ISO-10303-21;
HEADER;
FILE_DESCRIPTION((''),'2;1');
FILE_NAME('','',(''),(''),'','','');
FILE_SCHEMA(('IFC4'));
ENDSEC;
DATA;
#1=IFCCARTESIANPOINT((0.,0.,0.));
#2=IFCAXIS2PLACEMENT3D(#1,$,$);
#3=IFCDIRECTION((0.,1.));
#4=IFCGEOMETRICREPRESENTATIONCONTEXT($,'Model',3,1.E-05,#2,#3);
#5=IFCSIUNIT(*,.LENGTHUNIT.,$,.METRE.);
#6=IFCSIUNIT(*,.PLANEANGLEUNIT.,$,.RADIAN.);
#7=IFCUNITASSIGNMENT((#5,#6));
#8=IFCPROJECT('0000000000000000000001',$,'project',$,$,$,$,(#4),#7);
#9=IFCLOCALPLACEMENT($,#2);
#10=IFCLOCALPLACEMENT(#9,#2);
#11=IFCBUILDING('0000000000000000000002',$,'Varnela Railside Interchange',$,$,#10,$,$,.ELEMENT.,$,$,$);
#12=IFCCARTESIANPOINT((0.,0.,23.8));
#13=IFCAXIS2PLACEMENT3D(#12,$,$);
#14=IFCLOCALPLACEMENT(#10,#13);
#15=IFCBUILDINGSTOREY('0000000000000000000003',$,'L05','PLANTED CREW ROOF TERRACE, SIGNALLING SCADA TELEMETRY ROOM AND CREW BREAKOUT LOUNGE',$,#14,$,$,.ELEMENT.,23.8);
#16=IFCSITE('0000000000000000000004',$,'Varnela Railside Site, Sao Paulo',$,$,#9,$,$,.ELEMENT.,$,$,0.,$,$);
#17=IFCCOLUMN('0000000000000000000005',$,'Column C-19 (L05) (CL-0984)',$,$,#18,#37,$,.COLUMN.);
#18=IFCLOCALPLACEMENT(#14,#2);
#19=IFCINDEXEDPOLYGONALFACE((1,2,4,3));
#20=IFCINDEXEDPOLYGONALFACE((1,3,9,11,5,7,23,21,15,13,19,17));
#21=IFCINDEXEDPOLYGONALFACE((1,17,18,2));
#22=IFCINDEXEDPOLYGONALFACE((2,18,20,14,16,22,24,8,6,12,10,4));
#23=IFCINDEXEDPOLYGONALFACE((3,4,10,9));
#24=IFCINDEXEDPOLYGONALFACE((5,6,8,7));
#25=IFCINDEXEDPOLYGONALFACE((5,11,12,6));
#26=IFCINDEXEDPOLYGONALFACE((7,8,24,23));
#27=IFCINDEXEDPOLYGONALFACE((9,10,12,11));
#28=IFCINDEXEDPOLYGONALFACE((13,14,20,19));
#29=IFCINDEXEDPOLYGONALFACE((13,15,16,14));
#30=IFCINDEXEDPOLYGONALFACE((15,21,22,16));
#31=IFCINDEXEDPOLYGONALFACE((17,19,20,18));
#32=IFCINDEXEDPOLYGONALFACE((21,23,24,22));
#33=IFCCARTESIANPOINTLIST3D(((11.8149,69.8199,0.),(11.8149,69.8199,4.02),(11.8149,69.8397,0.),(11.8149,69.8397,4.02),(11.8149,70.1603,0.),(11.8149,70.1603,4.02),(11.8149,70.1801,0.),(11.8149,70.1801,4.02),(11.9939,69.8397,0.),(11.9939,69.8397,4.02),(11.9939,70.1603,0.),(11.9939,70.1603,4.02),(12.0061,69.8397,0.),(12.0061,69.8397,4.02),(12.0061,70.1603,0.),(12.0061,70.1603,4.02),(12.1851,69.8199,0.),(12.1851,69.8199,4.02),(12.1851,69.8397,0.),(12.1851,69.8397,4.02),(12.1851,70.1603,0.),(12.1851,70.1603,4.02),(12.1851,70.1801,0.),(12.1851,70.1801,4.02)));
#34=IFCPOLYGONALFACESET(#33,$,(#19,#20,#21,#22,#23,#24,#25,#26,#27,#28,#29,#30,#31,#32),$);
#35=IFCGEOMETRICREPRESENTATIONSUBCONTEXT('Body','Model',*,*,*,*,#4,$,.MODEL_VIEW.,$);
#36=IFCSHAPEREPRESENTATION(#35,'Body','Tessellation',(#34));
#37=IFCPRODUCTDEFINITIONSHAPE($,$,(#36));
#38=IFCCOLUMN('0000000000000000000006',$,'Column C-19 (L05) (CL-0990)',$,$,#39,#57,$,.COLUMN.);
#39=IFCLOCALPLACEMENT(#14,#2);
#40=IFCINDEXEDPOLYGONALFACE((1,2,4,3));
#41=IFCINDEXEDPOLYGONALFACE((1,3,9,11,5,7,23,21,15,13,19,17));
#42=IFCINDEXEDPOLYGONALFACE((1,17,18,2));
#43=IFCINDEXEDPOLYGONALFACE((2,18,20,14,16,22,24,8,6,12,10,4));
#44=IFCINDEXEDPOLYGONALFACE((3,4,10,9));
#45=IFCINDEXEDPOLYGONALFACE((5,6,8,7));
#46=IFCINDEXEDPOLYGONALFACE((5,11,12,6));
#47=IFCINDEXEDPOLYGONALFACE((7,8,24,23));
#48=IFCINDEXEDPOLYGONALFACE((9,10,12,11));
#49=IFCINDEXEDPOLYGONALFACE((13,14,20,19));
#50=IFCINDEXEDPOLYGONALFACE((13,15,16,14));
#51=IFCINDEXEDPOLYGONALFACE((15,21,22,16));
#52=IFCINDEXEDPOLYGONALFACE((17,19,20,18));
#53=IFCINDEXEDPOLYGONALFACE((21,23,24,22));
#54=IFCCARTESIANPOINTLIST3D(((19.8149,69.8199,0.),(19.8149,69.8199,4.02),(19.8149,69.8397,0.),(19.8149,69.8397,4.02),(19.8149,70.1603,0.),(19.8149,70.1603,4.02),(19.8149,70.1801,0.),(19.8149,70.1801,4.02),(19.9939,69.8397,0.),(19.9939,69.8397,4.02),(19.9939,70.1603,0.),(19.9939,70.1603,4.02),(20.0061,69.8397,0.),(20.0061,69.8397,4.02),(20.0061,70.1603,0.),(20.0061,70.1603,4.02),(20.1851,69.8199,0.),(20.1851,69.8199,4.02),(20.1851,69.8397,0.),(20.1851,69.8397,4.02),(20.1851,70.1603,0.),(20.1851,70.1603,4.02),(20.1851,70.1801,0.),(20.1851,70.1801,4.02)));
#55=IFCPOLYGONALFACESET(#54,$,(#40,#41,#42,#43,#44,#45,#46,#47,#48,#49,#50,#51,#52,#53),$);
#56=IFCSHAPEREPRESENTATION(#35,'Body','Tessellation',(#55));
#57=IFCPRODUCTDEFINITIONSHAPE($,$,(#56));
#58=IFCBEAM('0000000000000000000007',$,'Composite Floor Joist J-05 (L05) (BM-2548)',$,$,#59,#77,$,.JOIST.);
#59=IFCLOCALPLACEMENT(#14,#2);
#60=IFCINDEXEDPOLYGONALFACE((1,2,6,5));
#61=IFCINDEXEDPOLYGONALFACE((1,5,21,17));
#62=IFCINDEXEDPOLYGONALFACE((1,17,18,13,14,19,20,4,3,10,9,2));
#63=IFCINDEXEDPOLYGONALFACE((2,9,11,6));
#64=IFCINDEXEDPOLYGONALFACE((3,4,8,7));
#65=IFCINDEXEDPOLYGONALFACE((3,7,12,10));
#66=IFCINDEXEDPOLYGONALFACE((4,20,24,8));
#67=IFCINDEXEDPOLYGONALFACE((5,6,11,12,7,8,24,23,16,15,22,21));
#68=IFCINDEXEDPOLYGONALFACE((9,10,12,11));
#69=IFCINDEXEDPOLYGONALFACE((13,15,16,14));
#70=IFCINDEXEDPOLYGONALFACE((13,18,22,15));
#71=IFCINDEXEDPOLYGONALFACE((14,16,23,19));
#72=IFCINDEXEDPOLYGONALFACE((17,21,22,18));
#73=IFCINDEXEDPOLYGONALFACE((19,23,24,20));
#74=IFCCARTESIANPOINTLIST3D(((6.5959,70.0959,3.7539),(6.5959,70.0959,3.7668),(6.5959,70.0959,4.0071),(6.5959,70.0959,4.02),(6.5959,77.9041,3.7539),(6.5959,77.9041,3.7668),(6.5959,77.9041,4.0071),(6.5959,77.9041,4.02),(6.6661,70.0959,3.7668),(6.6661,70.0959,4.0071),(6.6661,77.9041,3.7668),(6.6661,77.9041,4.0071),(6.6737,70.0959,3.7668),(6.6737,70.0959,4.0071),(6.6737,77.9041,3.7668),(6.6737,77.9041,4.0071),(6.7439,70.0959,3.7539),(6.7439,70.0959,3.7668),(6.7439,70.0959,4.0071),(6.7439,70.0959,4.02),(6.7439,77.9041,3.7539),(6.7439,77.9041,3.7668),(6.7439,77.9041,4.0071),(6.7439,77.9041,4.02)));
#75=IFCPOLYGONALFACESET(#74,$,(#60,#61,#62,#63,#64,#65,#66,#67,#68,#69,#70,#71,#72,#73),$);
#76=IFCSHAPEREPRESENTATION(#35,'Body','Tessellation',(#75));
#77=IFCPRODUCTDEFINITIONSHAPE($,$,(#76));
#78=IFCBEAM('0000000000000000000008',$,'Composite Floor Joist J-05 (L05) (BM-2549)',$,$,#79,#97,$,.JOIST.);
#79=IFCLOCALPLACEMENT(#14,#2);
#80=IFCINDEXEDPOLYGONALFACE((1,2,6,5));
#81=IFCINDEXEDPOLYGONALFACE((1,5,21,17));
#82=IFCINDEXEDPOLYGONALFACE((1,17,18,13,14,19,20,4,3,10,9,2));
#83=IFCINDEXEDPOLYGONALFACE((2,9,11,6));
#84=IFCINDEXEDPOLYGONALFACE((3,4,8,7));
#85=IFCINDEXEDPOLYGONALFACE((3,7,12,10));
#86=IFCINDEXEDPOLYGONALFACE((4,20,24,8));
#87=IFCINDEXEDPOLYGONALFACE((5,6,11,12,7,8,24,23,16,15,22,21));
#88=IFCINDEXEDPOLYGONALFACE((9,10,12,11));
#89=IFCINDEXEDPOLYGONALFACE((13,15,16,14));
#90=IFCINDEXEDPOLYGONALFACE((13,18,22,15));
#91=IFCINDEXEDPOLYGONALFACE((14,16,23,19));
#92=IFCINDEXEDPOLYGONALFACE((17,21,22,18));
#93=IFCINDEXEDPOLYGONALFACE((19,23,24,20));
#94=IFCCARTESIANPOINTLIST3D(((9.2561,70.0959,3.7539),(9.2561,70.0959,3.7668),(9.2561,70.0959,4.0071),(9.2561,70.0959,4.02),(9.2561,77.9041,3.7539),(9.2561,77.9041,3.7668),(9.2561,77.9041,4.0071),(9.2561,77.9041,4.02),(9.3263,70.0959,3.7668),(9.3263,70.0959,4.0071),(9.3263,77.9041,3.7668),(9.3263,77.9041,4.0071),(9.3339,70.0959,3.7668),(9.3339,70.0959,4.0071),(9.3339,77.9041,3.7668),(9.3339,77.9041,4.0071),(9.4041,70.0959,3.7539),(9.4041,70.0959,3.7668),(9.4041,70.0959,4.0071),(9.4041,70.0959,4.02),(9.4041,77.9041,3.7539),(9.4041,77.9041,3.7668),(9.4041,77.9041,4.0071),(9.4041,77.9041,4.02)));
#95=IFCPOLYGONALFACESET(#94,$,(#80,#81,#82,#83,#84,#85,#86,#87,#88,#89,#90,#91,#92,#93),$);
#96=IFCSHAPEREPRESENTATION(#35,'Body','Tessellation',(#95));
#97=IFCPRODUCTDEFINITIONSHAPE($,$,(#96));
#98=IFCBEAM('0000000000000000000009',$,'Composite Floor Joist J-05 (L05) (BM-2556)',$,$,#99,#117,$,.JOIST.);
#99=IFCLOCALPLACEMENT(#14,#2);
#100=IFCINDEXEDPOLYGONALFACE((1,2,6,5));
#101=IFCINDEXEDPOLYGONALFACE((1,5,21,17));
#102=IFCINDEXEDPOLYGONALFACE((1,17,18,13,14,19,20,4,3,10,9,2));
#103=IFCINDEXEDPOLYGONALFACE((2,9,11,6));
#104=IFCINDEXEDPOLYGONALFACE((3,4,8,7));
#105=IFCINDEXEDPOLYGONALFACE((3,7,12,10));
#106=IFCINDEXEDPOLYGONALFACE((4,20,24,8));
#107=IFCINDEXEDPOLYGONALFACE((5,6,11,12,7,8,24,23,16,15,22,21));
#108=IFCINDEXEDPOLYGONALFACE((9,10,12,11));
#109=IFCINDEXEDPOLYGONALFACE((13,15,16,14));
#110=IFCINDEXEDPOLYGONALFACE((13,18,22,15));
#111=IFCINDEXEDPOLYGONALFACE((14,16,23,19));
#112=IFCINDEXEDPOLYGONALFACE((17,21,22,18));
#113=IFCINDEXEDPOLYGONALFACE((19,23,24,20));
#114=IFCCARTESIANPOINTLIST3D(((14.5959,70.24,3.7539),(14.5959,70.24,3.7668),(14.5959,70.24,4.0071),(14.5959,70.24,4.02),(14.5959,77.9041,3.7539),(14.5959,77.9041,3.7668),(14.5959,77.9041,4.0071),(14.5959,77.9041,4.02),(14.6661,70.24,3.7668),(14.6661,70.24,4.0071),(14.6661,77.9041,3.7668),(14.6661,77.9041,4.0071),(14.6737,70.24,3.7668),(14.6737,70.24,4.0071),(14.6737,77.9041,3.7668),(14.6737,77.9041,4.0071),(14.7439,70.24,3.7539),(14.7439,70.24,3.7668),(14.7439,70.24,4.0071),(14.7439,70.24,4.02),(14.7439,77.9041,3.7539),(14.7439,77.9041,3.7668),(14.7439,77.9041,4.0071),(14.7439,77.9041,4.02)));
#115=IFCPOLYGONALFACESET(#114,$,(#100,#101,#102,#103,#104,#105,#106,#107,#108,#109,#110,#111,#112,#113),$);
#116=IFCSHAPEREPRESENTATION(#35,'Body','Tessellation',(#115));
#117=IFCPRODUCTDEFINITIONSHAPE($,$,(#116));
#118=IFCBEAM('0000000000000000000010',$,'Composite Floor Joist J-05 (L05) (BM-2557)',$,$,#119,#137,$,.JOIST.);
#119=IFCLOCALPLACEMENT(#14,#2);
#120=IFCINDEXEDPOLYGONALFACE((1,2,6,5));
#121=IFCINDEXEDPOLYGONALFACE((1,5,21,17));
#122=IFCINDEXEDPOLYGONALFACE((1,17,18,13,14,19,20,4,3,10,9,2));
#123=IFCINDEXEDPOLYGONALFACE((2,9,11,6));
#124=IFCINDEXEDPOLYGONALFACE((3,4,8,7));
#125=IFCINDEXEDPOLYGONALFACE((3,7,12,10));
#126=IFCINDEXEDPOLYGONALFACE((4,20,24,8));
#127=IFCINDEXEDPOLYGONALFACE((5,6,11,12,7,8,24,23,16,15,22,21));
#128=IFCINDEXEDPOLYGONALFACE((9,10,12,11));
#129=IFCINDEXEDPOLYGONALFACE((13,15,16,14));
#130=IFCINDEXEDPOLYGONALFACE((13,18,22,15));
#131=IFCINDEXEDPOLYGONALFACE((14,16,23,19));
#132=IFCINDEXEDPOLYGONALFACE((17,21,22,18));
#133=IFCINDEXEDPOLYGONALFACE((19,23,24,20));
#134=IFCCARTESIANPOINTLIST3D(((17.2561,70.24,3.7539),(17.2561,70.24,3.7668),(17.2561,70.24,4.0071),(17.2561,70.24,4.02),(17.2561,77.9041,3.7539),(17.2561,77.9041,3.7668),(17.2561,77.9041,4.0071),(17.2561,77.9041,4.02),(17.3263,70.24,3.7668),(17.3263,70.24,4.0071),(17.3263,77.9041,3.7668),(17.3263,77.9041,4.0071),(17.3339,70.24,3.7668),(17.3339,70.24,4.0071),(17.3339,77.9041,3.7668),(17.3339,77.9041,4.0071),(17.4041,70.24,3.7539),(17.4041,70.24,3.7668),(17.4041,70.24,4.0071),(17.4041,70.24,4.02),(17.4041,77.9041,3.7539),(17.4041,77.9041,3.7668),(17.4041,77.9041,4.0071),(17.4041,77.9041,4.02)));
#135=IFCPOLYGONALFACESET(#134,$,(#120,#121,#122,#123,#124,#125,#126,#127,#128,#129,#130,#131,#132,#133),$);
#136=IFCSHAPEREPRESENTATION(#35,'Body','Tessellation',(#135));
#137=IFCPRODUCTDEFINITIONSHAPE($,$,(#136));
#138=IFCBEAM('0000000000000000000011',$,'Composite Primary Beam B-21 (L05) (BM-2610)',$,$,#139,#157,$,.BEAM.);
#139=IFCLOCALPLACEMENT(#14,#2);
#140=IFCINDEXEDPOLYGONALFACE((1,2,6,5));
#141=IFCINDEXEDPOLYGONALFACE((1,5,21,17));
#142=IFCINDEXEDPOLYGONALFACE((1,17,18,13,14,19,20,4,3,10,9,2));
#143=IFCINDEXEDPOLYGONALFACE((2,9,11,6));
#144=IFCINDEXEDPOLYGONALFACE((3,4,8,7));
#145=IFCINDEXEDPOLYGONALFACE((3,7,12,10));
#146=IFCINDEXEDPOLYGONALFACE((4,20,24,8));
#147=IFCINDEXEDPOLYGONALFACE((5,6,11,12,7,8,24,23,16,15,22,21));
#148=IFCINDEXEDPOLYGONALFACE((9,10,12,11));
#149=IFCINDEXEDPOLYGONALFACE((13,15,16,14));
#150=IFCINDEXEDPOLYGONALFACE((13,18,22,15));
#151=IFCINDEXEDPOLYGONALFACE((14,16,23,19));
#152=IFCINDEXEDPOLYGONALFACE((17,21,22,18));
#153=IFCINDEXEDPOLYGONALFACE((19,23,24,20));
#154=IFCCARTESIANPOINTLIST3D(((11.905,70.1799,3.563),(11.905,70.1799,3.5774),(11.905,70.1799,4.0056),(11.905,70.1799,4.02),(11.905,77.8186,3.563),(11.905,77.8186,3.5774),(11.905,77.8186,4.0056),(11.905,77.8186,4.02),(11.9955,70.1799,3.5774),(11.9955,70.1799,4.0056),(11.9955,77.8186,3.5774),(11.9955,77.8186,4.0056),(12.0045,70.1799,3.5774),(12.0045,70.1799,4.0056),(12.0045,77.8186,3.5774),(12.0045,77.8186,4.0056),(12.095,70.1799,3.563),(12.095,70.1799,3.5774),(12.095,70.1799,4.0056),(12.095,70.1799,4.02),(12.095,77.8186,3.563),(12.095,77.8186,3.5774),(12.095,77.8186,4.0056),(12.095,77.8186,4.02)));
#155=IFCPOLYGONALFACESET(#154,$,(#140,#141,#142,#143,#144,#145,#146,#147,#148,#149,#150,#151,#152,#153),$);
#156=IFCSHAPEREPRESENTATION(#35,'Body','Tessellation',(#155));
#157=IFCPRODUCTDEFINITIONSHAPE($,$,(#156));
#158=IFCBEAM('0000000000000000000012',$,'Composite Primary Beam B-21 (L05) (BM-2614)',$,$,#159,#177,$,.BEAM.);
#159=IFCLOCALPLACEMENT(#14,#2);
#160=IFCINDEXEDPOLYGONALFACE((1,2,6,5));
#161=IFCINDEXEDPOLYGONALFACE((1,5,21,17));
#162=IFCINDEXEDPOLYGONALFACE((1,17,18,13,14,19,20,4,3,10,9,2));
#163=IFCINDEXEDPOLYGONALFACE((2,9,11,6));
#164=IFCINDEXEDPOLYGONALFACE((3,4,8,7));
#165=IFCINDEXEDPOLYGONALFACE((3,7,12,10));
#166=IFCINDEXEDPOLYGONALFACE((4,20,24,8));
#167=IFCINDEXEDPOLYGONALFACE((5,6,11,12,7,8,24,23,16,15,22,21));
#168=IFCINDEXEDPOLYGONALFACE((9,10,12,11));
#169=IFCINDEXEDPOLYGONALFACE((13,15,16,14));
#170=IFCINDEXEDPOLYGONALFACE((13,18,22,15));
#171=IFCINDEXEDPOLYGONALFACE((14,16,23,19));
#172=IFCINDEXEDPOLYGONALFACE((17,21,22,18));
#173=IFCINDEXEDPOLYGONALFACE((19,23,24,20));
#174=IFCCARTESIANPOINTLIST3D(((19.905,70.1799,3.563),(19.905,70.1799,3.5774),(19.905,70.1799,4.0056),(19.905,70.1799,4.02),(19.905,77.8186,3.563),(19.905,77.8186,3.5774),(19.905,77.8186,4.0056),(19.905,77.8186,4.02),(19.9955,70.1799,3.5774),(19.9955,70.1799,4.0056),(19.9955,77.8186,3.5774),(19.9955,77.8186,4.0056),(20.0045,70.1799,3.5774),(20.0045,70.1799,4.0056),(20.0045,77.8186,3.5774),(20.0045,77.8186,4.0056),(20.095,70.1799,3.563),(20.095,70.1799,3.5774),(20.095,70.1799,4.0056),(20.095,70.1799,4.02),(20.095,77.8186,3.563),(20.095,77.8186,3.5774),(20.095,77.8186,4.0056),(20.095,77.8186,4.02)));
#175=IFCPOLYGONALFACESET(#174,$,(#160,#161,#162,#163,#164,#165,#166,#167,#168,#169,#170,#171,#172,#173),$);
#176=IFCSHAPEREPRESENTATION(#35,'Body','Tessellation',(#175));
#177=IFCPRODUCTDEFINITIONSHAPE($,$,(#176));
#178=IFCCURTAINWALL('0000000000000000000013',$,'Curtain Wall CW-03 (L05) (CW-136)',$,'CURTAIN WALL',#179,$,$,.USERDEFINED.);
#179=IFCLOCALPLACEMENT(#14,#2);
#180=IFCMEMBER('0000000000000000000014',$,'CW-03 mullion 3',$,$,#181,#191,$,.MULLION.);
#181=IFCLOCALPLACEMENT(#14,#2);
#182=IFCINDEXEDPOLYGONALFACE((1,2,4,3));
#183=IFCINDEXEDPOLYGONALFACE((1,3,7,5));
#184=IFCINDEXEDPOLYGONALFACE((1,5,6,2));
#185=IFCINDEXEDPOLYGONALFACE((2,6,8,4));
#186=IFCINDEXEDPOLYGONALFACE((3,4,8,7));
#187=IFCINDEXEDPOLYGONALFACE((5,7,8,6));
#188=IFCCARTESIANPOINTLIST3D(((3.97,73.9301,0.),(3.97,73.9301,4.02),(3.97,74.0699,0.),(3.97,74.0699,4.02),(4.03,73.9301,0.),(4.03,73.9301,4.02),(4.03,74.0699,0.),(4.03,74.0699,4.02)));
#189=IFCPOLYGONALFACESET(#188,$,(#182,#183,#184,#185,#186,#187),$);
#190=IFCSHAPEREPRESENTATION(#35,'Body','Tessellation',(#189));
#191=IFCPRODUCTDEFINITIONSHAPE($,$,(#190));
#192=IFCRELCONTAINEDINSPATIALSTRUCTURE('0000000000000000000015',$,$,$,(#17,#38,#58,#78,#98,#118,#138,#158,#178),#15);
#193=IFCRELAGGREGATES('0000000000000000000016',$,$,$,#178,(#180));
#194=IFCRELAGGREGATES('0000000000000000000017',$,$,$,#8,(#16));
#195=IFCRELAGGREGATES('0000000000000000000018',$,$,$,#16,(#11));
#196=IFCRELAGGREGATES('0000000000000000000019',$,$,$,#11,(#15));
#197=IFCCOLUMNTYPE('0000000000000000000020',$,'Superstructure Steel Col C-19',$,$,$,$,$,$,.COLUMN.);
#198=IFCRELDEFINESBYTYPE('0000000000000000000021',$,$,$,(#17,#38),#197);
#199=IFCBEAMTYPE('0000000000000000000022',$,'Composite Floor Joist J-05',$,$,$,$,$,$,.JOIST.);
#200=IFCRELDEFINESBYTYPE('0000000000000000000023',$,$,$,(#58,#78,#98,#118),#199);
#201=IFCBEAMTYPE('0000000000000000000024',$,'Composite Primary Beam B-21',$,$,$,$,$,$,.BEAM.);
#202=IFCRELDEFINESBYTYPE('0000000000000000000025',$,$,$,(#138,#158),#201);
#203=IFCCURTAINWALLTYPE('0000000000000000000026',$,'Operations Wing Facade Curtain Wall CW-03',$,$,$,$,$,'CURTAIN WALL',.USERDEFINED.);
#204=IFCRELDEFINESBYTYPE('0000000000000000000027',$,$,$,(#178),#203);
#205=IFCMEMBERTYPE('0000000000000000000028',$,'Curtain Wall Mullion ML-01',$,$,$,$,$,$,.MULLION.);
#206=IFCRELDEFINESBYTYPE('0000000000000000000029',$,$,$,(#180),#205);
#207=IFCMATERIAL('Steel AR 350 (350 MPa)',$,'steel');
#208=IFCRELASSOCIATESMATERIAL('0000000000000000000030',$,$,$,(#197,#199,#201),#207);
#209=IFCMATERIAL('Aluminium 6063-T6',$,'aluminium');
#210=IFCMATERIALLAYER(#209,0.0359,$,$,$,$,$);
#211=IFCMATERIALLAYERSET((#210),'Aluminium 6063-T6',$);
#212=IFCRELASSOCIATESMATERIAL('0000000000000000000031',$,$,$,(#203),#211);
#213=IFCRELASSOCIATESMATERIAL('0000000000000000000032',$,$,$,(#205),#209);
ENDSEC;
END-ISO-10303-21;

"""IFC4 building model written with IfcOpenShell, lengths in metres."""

from ifc_helpers import new_model, si_unit, direction, frame, origin, origin_2d, place, context, subcontext, project, spatial, rectangle, i_section, extrude, material, layer, layer_set, material_profile, profile_set, type_object, element, aggregate, save


model = new_model("IFC4")

# Units and contexts
model_context = context("Model", 3, precision=1e-05, world=origin(), true_north=direction((0.0, 1.0)))
body_context = subcontext(model_context, "Body", "Model", "MODEL_VIEW")
ifc_project = project(units=[si_unit("LENGTHUNIT", "METRE"), si_unit("PLANEANGLEUNIT", "RADIAN")], contexts=[model_context])

# Site, building, storey
site_placement = place(None, origin())
site = spatial("IfcSite", under=ifc_project, at=site_placement, Name="Varnela Railside Site, Sao Paulo", CompositionType="ELEMENT", RefElevation=0.0)
building_placement = place(site_placement, origin())
building = spatial("IfcBuilding", under=site, at=building_placement, Name="Varnela Railside Interchange", CompositionType="ELEMENT")
storey_placement = place(building_placement, frame((0.0, 0.0, 23.8)))
storey = spatial("IfcBuildingStorey", under=building, at=storey_placement, Name="L05", Description="PLANTED CREW ROOF TERRACE, SIGNALLING SCADA TELEMETRY ROOM AND CREW BREAKOUT LOUNGE", CompositionType="ELEMENT", Elevation=23.8)

# Columns
ifc_material_1 = material(Name="Steel AR 350 (350 MPa)", Category="steel")
ifc_material_profile_1 = material_profile(ifc_material_1, i_section(OverallWidth=0.3701, OverallDepth=0.3601, WebThickness=0.0122, FlangeThickness=0.0198, at=origin_2d()), Name="W360x147")
ifc_profile_set_1 = profile_set([ifc_material_profile_1], Name="Steel AR 350 (350 MPa)")
column_type = type_object("IfcColumnType", Name="Superstructure Steel Col C-19", PredefinedType="COLUMN", material=ifc_profile_set_1)
for number, where, z_axis, x_axis, name in (
    (1, (12.0, 70.0, 0.0), (0.0, 0.0, 1.0), (1.0, 0.0, 0.0), "Column C-19 (L05) (CL-0984)"),
    (2, (20.0, 70.0, 0.0), (0.0, 0.0, 1.0), (1.0, 0.0, 0.0), "Column C-19 (L05) (CL-0990)"),
):
    element("IfcColumn", number, at=place(storey_placement, frame(where, z_axis=z_axis, x_axis=x_axis)), inside=storey, type_object=column_type, Name=name, PredefinedType="COLUMN", context=body_context, shape_type="SweptSolid", body=[
        extrude(i_section(OverallWidth=0.3701, OverallDepth=0.3601, WebThickness=0.0122, FlangeThickness=0.0198, at=origin_2d()), origin(), (0.0, 0.0, 1.0), 4.02),
    ])

# Beams
ifc_material_profile_2 = material_profile(ifc_material_1, i_section(OverallWidth=0.1479, OverallDepth=0.2661, WebThickness=0.0076, FlangeThickness=0.0129, at=origin_2d()), Name="W250x44.8")
ifc_profile_set_2 = profile_set([ifc_material_profile_2], Name="Steel AR 350 (350 MPa)")
beam_type_1 = type_object("IfcBeamType", Name="Composite Floor Joist J-05", PredefinedType="JOIST", material=ifc_profile_set_2)
for number, where, z_axis, x_axis, name in (
    (3, (6.6699, 70.0959, 3.887), (0.0, 1.0, 0.0), (-1.0, 0.0, 0.0), "Composite Floor Joist J-05 (L05) (BM-2548)"),
    (4, (9.3301, 70.0959, 3.887), (0.0, 1.0, 0.0), (-1.0, 0.0, 0.0), "Composite Floor Joist J-05 (L05) (BM-2549)"),
):
    element("IfcBeam", number, at=place(storey_placement, frame(where, z_axis=z_axis, x_axis=x_axis)), inside=storey, type_object=beam_type_1, Name=name, PredefinedType="JOIST", context=body_context, shape_type="SweptSolid", body=[
        extrude(i_section(OverallWidth=0.1479, OverallDepth=0.2661, WebThickness=0.0076, FlangeThickness=0.0129, at=origin_2d()), origin(), (0.0, 0.0, 1.0), 7.8081),
    ])
for number, where, z_axis, x_axis, name in (
    (5, (14.6699, 70.24, 3.887), (0.0, 1.0, 0.0), (-1.0, 0.0, 0.0), "Composite Floor Joist J-05 (L05) (BM-2556)"),
    (6, (17.3301, 70.24, 3.887), (0.0, 1.0, 0.0), (-1.0, 0.0, 0.0), "Composite Floor Joist J-05 (L05) (BM-2557)"),
):
    element("IfcBeam", number, at=place(storey_placement, frame(where, z_axis=z_axis, x_axis=x_axis)), inside=storey, type_object=beam_type_1, Name=name, PredefinedType="JOIST", context=body_context, shape_type="SweptSolid", body=[
        extrude(i_section(OverallWidth=0.1479, OverallDepth=0.2661, WebThickness=0.0076, FlangeThickness=0.0129, at=origin_2d()), origin(), (0.0, 0.0, 1.0), 7.6641),
    ])
ifc_material_profile_3 = material_profile(ifc_material_1, i_section(OverallWidth=0.1899, OverallDepth=0.457, WebThickness=0.009, FlangeThickness=0.0144, at=origin_2d()), Name="W460x74")
ifc_profile_set_3 = profile_set([ifc_material_profile_3], Name="Steel AR 350 (350 MPa)")
beam_type_2 = type_object("IfcBeamType", Name="Composite Primary Beam B-21", PredefinedType="BEAM", material=ifc_profile_set_3)
for number, where, z_axis, x_axis, name in (
    (7, (12.0, 70.1799, 3.7915), (0.0, 1.0, 0.0), (-1.0, 0.0, 0.0), "Composite Primary Beam B-21 (L05) (BM-2610)"),
    (8, (20.0, 70.1799, 3.7915), (0.0, 1.0, 0.0), (-1.0, 0.0, 0.0), "Composite Primary Beam B-21 (L05) (BM-2614)"),
):
    element("IfcBeam", number, at=place(storey_placement, frame(where, z_axis=z_axis, x_axis=x_axis)), inside=storey, type_object=beam_type_2, Name=name, PredefinedType="BEAM", context=body_context, shape_type="SweptSolid", body=[
        extrude(i_section(OverallWidth=0.1899, OverallDepth=0.457, WebThickness=0.009, FlangeThickness=0.0144, at=origin_2d()), origin(), (0.0, 0.0, 1.0), 7.6387),
    ])

# Curtain wall, member
ifc_material_2 = material(Name="Aluminium 6063-T6", Category="aluminium")
ifc_layer_1 = layer(ifc_material_2, 0.0359)
ifc_layer_set_1 = layer_set([ifc_layer_1], Name="Aluminium 6063-T6")
curtain_wall_type = type_object("IfcCurtainWallType", Name="Operations Wing Facade Curtain Wall CW-03", ElementType="CURTAIN WALL", PredefinedType="USERDEFINED", material=ifc_layer_set_1)
curtain_wall_placement = place(storey_placement, origin())
curtain_wall = element("IfcCurtainWall", 9, at=curtain_wall_placement, inside=storey, type_object=curtain_wall_type, Name="Curtain Wall CW-03 (L05) (CW-136)", ObjectType="CURTAIN WALL", PredefinedType="USERDEFINED")
ifc_material_profile_4 = material_profile(ifc_material_2, rectangle(XDim=0.0601, YDim=0.1399, at=origin_2d()), Name="ALU 60x140")
ifc_profile_set_4 = profile_set([ifc_material_profile_4], Name="Aluminium 6063-T6")
member_type_1 = type_object("IfcMemberType", Name="Curtain Wall Mullion ML-01", PredefinedType="MULLION", material=ifc_profile_set_4)
member_1_placement = place(storey_placement, frame((4.0, 74.0, 0.0), z_axis=(0.0, 0.0, 1.0), x_axis=(-1.0, 0.0, 0.0)))
member_1 = element("IfcMember", 10, at=member_1_placement, type_object=member_type_1, Name="CW-03 mullion 3", PredefinedType="MULLION", context=body_context, shape_type="SweptSolid", body=[
    extrude(rectangle(XDim=0.0601, YDim=0.1399, at=origin_2d()), origin(), (0.0, 0.0, 1.0), 4.02),
])

aggregate(curtain_wall, [member_1])

save(model, "model.ifc")
